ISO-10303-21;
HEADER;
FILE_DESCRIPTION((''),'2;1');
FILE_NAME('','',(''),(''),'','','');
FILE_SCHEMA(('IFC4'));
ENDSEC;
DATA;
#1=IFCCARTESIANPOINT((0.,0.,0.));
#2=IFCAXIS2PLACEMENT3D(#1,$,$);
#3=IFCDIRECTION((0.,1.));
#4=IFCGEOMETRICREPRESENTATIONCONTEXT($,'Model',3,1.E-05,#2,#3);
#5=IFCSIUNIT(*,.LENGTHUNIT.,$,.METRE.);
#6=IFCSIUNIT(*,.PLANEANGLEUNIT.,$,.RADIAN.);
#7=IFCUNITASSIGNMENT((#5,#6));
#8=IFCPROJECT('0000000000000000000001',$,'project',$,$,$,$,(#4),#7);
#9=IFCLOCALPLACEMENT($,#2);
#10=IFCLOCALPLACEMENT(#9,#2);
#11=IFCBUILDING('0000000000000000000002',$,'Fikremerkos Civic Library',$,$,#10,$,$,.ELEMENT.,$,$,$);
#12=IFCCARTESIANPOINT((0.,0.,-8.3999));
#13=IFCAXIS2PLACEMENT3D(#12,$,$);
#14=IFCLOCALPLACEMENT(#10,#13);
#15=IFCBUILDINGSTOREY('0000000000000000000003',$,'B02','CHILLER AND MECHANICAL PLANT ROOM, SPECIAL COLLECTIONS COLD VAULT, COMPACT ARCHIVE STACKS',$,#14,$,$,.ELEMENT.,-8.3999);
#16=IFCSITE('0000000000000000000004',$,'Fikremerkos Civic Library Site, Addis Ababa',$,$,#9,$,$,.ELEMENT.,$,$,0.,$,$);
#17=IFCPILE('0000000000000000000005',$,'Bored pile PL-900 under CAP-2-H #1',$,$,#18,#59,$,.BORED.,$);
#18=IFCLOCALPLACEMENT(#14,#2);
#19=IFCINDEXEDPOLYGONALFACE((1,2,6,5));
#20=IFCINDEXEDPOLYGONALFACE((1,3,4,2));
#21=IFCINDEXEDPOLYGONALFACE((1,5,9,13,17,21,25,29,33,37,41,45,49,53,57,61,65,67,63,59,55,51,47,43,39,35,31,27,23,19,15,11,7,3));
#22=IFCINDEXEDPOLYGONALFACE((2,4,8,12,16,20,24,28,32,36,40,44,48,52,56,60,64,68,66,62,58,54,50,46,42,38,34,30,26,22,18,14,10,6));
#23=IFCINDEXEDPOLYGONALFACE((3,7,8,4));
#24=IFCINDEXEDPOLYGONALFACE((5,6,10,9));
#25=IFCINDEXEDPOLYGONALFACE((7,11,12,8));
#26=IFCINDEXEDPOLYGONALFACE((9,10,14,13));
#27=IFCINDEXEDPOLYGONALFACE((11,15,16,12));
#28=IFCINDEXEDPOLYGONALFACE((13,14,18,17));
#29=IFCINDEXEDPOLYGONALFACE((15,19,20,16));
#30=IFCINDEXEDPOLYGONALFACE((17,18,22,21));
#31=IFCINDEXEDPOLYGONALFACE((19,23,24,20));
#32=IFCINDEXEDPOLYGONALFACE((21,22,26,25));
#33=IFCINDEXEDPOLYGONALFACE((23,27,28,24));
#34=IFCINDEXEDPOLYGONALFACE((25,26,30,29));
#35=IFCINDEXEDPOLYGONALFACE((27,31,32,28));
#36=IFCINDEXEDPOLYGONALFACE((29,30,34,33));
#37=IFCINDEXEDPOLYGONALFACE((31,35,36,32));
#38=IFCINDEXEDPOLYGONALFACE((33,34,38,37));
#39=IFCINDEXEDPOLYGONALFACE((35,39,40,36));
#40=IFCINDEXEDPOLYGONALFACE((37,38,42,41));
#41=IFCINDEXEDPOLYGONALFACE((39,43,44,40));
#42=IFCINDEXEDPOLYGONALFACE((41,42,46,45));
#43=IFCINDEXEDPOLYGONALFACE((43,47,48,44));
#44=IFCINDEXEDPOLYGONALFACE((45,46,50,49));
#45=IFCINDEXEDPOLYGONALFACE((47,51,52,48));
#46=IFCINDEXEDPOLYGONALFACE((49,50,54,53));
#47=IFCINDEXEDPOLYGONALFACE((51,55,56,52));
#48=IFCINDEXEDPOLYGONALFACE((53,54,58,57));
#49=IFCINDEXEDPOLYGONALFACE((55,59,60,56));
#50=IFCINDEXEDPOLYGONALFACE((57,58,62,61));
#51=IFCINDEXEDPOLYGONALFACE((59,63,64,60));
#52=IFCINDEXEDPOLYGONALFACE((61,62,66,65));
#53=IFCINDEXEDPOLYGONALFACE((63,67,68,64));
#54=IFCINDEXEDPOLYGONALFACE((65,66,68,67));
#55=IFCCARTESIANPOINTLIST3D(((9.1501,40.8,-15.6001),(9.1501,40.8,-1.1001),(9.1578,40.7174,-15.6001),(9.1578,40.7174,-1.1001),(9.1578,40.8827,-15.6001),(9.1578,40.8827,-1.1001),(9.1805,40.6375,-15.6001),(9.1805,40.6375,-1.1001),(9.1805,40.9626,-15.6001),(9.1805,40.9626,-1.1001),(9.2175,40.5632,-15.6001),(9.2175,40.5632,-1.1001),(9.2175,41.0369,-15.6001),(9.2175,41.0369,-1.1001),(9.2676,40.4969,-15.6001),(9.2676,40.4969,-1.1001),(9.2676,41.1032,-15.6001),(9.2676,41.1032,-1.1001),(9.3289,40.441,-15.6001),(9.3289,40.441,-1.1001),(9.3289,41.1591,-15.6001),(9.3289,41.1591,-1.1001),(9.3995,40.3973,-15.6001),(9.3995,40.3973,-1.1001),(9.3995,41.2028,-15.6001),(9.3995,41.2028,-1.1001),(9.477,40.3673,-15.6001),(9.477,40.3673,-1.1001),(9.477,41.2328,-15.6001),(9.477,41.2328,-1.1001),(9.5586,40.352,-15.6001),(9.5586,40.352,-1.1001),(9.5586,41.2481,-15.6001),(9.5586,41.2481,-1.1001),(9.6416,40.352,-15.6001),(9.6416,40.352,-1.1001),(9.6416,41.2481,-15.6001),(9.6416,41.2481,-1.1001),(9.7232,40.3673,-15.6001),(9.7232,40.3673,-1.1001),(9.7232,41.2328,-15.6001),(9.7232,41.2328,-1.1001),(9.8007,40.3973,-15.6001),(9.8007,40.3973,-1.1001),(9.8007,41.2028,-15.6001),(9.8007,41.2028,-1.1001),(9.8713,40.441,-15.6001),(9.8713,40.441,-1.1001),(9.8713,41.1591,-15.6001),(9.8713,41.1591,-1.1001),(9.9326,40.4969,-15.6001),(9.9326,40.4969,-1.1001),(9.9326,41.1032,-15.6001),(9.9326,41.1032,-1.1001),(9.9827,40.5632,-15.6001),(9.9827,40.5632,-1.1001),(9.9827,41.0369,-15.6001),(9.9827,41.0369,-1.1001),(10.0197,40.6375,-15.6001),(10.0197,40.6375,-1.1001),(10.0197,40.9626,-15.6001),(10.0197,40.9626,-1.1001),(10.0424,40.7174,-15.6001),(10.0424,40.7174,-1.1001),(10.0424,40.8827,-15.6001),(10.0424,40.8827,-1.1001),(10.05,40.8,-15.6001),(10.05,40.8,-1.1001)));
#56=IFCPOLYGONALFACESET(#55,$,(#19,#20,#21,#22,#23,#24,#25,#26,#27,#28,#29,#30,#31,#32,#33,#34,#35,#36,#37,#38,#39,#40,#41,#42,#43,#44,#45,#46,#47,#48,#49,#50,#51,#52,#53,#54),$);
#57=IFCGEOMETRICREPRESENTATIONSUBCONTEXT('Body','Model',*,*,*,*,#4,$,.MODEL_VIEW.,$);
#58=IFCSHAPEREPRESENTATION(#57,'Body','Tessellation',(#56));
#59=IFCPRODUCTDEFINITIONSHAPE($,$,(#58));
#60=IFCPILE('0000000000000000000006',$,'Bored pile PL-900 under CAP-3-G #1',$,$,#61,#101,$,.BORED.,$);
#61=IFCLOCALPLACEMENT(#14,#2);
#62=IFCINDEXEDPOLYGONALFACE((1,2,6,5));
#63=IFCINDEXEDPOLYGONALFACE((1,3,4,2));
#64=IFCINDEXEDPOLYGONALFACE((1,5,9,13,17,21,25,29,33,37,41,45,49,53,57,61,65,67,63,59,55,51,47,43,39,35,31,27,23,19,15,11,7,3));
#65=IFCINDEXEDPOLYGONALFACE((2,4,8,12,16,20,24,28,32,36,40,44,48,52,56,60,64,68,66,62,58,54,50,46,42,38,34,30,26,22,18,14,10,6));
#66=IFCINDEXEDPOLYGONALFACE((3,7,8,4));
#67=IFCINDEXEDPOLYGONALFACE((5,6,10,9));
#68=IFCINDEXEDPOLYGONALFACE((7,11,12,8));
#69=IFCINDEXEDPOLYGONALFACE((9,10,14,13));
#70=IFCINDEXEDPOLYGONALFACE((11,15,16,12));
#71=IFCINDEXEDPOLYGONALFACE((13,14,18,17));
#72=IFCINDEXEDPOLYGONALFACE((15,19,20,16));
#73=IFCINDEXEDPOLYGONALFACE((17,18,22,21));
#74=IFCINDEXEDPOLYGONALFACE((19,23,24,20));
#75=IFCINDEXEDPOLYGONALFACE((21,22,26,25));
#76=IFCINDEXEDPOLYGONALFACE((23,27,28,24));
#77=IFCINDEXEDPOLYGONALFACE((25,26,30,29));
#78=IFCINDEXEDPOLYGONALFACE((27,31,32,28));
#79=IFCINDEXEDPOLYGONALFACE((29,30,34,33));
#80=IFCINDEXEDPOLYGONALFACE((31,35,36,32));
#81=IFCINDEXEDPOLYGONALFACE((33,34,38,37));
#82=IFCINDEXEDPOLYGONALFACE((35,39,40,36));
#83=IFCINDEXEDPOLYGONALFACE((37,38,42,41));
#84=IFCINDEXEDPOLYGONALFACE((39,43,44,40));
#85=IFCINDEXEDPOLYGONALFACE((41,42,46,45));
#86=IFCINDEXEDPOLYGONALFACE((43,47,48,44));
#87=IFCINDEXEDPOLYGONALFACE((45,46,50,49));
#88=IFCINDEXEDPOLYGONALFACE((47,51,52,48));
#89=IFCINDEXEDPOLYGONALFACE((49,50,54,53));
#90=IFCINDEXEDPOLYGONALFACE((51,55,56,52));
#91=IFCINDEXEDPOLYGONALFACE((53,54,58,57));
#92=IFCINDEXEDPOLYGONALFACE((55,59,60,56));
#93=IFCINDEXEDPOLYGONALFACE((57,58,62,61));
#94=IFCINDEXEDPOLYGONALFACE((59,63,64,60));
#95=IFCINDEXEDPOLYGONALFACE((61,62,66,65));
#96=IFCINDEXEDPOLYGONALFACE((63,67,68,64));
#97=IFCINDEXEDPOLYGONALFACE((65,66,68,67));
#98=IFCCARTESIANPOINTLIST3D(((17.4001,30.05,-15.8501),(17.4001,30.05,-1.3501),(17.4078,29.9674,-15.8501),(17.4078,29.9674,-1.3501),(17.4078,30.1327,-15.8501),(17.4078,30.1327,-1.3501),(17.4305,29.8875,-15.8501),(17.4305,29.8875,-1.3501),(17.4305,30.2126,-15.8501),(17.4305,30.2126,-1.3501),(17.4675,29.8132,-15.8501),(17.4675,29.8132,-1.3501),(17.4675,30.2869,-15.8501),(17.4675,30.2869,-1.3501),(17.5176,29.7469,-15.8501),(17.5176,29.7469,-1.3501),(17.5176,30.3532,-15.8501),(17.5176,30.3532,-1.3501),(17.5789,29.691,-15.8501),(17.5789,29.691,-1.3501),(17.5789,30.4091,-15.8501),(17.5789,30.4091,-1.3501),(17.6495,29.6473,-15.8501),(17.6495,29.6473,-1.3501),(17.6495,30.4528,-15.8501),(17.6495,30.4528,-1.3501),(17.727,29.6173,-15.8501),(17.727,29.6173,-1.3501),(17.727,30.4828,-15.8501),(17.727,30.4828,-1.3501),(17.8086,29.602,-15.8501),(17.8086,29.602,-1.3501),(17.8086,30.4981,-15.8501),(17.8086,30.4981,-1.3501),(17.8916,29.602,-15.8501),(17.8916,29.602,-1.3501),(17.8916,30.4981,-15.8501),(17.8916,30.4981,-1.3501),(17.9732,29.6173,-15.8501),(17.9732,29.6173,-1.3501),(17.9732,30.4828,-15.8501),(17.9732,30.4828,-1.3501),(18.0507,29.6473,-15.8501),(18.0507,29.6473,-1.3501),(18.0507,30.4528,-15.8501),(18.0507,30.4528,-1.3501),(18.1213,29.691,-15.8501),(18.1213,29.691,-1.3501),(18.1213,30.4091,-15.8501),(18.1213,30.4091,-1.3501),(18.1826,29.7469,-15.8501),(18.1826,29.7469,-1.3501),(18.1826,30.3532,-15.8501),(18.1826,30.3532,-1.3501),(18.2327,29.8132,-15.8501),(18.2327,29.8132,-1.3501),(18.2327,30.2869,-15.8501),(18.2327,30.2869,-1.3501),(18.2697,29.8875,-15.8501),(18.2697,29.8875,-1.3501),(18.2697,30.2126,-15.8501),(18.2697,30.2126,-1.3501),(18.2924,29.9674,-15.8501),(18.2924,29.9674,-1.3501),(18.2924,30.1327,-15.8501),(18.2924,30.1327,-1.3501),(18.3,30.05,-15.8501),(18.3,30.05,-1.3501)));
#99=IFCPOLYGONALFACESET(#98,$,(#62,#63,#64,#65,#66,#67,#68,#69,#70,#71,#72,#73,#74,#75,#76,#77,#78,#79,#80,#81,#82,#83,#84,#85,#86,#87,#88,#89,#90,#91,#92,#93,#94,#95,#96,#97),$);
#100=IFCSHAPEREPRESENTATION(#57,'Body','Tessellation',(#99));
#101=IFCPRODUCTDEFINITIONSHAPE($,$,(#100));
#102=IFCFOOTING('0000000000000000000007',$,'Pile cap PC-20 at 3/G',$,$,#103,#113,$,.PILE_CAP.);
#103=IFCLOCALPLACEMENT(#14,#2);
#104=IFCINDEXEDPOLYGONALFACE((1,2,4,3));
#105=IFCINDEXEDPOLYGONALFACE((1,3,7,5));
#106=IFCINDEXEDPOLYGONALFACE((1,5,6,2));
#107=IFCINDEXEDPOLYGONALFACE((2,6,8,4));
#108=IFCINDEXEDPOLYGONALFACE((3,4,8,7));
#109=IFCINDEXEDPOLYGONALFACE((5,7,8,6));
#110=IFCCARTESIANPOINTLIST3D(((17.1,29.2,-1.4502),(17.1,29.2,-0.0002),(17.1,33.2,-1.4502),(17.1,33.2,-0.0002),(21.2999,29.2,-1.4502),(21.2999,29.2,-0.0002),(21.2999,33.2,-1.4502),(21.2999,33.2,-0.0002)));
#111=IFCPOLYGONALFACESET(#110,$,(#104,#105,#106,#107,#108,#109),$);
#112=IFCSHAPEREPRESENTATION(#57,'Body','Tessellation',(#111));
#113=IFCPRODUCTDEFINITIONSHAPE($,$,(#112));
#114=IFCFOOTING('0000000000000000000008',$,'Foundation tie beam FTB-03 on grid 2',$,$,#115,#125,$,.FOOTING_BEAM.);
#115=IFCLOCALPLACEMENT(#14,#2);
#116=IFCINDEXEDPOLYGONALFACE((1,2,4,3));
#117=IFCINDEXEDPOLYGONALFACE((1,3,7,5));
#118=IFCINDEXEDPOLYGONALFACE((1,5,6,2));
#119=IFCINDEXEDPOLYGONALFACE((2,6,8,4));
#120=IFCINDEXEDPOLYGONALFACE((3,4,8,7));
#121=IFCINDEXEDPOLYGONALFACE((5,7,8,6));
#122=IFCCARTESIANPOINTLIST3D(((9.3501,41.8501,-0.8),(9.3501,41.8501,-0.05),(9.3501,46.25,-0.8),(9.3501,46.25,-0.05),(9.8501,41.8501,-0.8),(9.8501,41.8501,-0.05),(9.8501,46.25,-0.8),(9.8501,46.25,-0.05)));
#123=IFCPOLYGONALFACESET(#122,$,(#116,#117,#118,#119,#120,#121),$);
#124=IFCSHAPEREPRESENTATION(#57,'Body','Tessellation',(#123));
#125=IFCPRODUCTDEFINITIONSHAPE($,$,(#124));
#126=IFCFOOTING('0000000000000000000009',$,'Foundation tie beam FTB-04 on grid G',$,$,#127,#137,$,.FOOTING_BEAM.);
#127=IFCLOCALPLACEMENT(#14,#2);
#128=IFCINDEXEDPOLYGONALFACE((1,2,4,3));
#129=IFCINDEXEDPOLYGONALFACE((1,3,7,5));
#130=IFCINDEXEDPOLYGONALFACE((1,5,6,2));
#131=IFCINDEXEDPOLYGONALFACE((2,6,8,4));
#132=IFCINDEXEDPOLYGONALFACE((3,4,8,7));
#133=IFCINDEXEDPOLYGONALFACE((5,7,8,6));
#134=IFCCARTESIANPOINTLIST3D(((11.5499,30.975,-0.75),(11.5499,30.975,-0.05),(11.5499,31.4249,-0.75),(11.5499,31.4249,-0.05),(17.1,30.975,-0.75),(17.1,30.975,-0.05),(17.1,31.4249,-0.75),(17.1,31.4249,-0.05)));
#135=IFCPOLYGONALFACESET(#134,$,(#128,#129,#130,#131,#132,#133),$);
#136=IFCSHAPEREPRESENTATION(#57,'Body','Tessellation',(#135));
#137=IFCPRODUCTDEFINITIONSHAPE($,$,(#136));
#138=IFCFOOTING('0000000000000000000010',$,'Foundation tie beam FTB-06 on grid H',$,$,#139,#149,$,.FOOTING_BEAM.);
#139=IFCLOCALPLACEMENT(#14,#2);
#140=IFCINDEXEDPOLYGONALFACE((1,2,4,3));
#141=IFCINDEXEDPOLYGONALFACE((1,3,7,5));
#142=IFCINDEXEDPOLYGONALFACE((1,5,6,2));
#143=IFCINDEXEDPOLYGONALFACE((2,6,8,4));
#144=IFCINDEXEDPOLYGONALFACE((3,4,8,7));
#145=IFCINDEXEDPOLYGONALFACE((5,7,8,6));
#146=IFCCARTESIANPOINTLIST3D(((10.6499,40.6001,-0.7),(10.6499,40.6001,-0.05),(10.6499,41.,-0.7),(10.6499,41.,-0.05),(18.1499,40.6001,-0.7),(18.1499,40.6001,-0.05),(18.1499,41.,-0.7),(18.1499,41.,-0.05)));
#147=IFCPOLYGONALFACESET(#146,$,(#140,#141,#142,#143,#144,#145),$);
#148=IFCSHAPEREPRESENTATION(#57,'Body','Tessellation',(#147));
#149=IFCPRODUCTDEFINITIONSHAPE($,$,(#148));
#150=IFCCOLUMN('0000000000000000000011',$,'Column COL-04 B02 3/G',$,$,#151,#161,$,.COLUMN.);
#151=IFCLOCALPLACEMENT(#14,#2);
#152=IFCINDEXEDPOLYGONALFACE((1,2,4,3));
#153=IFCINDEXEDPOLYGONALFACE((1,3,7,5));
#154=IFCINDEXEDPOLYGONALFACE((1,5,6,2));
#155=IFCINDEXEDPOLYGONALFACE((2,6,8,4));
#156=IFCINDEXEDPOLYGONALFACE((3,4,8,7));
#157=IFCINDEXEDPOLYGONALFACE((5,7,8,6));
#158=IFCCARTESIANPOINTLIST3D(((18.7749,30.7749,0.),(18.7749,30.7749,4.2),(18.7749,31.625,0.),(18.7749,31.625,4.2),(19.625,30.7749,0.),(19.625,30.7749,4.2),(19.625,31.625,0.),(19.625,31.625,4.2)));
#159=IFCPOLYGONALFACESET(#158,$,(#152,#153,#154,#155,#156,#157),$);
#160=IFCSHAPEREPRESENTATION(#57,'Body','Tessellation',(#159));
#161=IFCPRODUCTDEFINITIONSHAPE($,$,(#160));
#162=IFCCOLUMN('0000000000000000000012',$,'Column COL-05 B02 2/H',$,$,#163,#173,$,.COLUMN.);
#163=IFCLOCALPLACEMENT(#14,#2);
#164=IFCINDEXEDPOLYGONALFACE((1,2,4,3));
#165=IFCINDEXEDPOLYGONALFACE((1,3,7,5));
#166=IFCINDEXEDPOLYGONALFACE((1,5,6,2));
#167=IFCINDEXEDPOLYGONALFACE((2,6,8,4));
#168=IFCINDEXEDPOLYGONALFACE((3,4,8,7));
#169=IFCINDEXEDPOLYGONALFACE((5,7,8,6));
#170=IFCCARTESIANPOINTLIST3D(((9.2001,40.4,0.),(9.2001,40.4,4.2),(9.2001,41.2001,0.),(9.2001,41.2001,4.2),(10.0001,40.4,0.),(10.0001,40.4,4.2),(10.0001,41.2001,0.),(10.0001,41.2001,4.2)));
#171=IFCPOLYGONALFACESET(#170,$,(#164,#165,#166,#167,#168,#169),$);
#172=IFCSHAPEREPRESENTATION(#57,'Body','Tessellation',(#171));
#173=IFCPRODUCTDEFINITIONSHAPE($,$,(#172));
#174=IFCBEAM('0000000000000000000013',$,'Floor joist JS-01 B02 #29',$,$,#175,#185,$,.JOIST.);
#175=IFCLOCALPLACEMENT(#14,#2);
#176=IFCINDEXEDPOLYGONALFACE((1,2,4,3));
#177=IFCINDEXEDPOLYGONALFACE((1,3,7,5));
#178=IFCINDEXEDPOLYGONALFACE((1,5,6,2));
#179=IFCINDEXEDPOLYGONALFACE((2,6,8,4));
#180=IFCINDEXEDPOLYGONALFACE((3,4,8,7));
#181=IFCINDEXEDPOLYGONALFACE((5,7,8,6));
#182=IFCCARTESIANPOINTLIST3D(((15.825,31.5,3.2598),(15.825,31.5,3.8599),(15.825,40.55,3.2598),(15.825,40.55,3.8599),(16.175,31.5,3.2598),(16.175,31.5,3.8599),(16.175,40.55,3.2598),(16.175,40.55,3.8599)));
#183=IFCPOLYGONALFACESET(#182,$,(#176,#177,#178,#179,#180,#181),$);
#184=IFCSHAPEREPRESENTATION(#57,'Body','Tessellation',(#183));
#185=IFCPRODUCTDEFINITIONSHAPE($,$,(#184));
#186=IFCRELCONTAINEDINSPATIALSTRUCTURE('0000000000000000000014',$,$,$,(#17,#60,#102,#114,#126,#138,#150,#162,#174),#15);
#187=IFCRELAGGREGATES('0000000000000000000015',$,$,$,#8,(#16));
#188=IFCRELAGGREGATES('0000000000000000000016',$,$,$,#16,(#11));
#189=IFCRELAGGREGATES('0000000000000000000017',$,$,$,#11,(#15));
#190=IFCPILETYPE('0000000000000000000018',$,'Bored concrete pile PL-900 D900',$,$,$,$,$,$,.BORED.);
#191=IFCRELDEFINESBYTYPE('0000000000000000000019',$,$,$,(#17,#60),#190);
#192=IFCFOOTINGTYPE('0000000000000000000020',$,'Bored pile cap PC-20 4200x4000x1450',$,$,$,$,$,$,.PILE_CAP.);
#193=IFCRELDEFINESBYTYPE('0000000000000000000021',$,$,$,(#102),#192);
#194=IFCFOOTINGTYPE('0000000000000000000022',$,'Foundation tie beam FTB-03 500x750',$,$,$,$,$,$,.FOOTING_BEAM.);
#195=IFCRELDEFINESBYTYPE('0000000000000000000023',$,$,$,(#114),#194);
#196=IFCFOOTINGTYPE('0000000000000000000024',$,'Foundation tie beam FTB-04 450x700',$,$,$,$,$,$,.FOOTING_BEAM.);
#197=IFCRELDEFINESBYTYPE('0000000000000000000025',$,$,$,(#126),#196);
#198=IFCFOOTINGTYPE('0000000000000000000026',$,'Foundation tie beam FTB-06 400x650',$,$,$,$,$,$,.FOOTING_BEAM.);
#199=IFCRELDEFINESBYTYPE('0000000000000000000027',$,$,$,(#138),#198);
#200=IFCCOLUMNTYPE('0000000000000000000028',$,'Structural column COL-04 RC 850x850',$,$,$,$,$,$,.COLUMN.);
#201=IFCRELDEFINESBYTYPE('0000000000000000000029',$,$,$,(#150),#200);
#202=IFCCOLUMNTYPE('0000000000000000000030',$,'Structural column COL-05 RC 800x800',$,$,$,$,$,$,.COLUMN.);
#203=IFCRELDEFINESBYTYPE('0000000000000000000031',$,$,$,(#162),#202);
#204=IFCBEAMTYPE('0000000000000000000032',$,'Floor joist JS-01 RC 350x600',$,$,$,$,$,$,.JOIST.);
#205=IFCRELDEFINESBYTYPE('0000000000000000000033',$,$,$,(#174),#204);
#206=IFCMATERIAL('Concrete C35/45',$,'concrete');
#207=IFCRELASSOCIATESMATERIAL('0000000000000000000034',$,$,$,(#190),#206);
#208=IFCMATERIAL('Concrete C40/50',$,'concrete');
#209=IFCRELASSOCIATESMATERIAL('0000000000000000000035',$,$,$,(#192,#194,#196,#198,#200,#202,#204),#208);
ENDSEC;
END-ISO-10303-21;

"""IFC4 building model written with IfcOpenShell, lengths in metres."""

from ifc_helpers import new_model, si_unit, direction, frame, origin, origin_2d, place, context, subcontext, project, spatial, rectangle, circle, extrude, material, material_profile, profile_set, type_object, element, save


model = new_model("IFC4")

# Units and contexts
model_context = context("Model", 3, precision=1e-05, world=origin(), true_north=direction((0.0, 1.0)))
body_context = subcontext(model_context, "Body", "Model", "MODEL_VIEW")
ifc_project = project(units=[si_unit("LENGTHUNIT", "METRE"), si_unit("PLANEANGLEUNIT", "RADIAN")], contexts=[model_context])

# Site, building, storey
site_placement = place(None, origin())
site = spatial("IfcSite", under=ifc_project, at=site_placement, Name="Fikremerkos Civic Library Site, Addis Ababa", CompositionType="ELEMENT", RefElevation=0.0)
building_placement = place(site_placement, origin())
building = spatial("IfcBuilding", under=site, at=building_placement, Name="Fikremerkos Civic Library", CompositionType="ELEMENT")
storey_placement = place(building_placement, frame((0.0, 0.0, -8.3999)))
storey = spatial("IfcBuildingStorey", under=building, at=storey_placement, Name="B02", Description="CHILLER AND MECHANICAL PLANT ROOM, SPECIAL COLLECTIONS COLD VAULT, COMPACT ARCHIVE STACKS", CompositionType="ELEMENT", Elevation=-8.3999)

# Piles
ifc_material_1 = material(Name="Concrete C35/45", Category="concrete")
ifc_material_profile_1 = material_profile(ifc_material_1, circle(Radius=0.45, at=origin_2d()), Name="BORED PILE 900")
ifc_profile_set_1 = profile_set([ifc_material_profile_1], Name="Concrete C35/45")
pile_type_1 = type_object("IfcPileType", Name="Bored concrete pile PL-900 D900", PredefinedType="BORED", material=ifc_profile_set_1)
for number, where, z_axis, x_axis, name in (
    (1, (9.6001, 40.8, -1.1001), (0.0, 0.0, -1.0), (1.0, 0.0, 0.0), "Bored pile PL-900 under CAP-2-H #1"),
    (2, (17.8501, 30.05, -1.3501), (0.0, 0.0, -1.0), (1.0, 0.0, 0.0), "Bored pile PL-900 under CAP-3-G #1"),
):
    element("IfcPile", number, at=place(storey_placement, frame(where, z_axis=z_axis, x_axis=x_axis)), inside=storey, type_object=pile_type_1, Name=name, PredefinedType="BORED", context=body_context, shape_type="SweptSolid", body=[
        extrude(circle(Radius=0.45, at=origin_2d()), origin(), (0.0, 0.0, 1.0), 14.5),
    ])

# Footings
ifc_material_2 = material(Name="Concrete C40/50", Category="concrete")
footing_type_1 = type_object("IfcFootingType", Name="Bored pile cap PC-20 4200x4000x1450", PredefinedType="PILE_CAP", material=ifc_material_2)
footing_1_placement = place(storey_placement, frame((19.2, 31.2, -1.4502), z_axis=(0.0, 0.0, 1.0), x_axis=(1.0, 0.0, 0.0)))
element("IfcFooting", 3, at=footing_1_placement, inside=storey, type_object=footing_type_1, Name="Pile cap PC-20 at 3/G", PredefinedType="PILE_CAP", context=body_context, shape_type="SweptSolid", body=[
    extrude(rectangle(XDim=4.2, YDim=4.0, at=origin_2d()), origin(), (0.0, 0.0, 1.0), 1.45),
])
footing_type_2 = type_object("IfcFootingType", Name="Foundation tie beam FTB-03 500x750", PredefinedType="FOOTING_BEAM", material=ifc_material_2)
footing_2_placement = place(storey_placement, frame((9.6001, 44.05, -0.8), z_axis=(0.0, 0.0, 1.0), x_axis=(0.0, 1.0, 0.0)))
element("IfcFooting", 4, at=footing_2_placement, inside=storey, type_object=footing_type_2, Name="Foundation tie beam FTB-03 on grid 2", PredefinedType="FOOTING_BEAM", context=body_context, shape_type="SweptSolid", body=[
    extrude(rectangle(XDim=4.3999, YDim=0.5, at=origin_2d()), origin(), (0.0, 0.0, 1.0), 0.75),
])
footing_type_3 = type_object("IfcFootingType", Name="Foundation tie beam FTB-04 450x700", PredefinedType="FOOTING_BEAM", material=ifc_material_2)
footing_3_placement = place(storey_placement, frame((14.325, 31.2, -0.75), z_axis=(0.0, 0.0, 1.0), x_axis=(1.0, 0.0, 0.0)))
element("IfcFooting", 5, at=footing_3_placement, inside=storey, type_object=footing_type_3, Name="Foundation tie beam FTB-04 on grid G", PredefinedType="FOOTING_BEAM", context=body_context, shape_type="SweptSolid", body=[
    extrude(rectangle(XDim=5.55, YDim=0.45, at=origin_2d()), origin(), (0.0, 0.0, 1.0), 0.7),
])
footing_type_4 = type_object("IfcFootingType", Name="Foundation tie beam FTB-06 400x650", PredefinedType="FOOTING_BEAM", material=ifc_material_2)
footing_4_placement = place(storey_placement, frame((14.3999, 40.8, -0.7), z_axis=(0.0, 0.0, 1.0), x_axis=(1.0, 0.0, 0.0)))
element("IfcFooting", 6, at=footing_4_placement, inside=storey, type_object=footing_type_4, Name="Foundation tie beam FTB-06 on grid H", PredefinedType="FOOTING_BEAM", context=body_context, shape_type="SweptSolid", body=[
    extrude(rectangle(XDim=7.5, YDim=0.3999, at=origin_2d()), origin(), (0.0, 0.0, 1.0), 0.6499),
])

# Columns
ifc_material_profile_2 = material_profile(ifc_material_2, rectangle(XDim=0.8501, YDim=0.8501, at=origin_2d()), Name="RC 850x850")
ifc_profile_set_2 = profile_set([ifc_material_profile_2], Name="Concrete C40/50")
column_type_1 = type_object("IfcColumnType", Name="Structural column COL-04 RC 850x850", PredefinedType="COLUMN", material=ifc_profile_set_2)
column_1_placement = place(storey_placement, frame((19.2, 31.2, 0.0), z_axis=(0.0, 0.0, 1.0), x_axis=(1.0, 0.0, 0.0)))
element("IfcColumn", 7, at=column_1_placement, inside=storey, type_object=column_type_1, Name="Column COL-04 B02 3/G", PredefinedType="COLUMN", context=body_context, shape_type="SweptSolid", body=[
    extrude(rectangle(XDim=0.8501, YDim=0.8501, at=origin_2d()), origin(), (0.0, 0.0, 1.0), 4.2),
])
ifc_material_profile_3 = material_profile(ifc_material_2, rectangle(XDim=0.8, YDim=0.8, at=origin_2d()), Name="RC 800x800")
ifc_profile_set_3 = profile_set([ifc_material_profile_3], Name="Concrete C40/50")
column_type_2 = type_object("IfcColumnType", Name="Structural column COL-05 RC 800x800", PredefinedType="COLUMN", material=ifc_profile_set_3)
column_2_placement = place(storey_placement, frame((9.6001, 40.8, 0.0), z_axis=(0.0, 0.0, 1.0), x_axis=(1.0, 0.0, 0.0)))
element("IfcColumn", 8, at=column_2_placement, inside=storey, type_object=column_type_2, Name="Column COL-05 B02 2/H", PredefinedType="COLUMN", context=body_context, shape_type="SweptSolid", body=[
    extrude(rectangle(XDim=0.8, YDim=0.8, at=origin_2d()), origin(), (0.0, 0.0, 1.0), 4.2),
])

# Beam
ifc_material_profile_4 = material_profile(ifc_material_2, rectangle(XDim=0.3501, YDim=0.6001, at=origin_2d()), Name="RC 350x600")
ifc_profile_set_4 = profile_set([ifc_material_profile_4], Name="Concrete C40/50")
beam_type_1 = type_object("IfcBeamType", Name="Floor joist JS-01 RC 350x600", PredefinedType="JOIST", material=ifc_profile_set_4)
beam_1_placement = place(storey_placement, frame((16.0, 31.5, 3.5598), z_axis=(0.0, 1.0, 0.0), x_axis=(-1.0, 0.0, 0.0)))
element("IfcBeam", 9, at=beam_1_placement, inside=storey, type_object=beam_type_1, Name="Floor joist JS-01 B02 #29", PredefinedType="JOIST", context=body_context, shape_type="SweptSolid", body=[
    extrude(rectangle(XDim=0.3501, YDim=0.6001, at=origin_2d()), origin(), (0.0, 0.0, 1.0), 9.05),
])

save(model, "model.ifc")
